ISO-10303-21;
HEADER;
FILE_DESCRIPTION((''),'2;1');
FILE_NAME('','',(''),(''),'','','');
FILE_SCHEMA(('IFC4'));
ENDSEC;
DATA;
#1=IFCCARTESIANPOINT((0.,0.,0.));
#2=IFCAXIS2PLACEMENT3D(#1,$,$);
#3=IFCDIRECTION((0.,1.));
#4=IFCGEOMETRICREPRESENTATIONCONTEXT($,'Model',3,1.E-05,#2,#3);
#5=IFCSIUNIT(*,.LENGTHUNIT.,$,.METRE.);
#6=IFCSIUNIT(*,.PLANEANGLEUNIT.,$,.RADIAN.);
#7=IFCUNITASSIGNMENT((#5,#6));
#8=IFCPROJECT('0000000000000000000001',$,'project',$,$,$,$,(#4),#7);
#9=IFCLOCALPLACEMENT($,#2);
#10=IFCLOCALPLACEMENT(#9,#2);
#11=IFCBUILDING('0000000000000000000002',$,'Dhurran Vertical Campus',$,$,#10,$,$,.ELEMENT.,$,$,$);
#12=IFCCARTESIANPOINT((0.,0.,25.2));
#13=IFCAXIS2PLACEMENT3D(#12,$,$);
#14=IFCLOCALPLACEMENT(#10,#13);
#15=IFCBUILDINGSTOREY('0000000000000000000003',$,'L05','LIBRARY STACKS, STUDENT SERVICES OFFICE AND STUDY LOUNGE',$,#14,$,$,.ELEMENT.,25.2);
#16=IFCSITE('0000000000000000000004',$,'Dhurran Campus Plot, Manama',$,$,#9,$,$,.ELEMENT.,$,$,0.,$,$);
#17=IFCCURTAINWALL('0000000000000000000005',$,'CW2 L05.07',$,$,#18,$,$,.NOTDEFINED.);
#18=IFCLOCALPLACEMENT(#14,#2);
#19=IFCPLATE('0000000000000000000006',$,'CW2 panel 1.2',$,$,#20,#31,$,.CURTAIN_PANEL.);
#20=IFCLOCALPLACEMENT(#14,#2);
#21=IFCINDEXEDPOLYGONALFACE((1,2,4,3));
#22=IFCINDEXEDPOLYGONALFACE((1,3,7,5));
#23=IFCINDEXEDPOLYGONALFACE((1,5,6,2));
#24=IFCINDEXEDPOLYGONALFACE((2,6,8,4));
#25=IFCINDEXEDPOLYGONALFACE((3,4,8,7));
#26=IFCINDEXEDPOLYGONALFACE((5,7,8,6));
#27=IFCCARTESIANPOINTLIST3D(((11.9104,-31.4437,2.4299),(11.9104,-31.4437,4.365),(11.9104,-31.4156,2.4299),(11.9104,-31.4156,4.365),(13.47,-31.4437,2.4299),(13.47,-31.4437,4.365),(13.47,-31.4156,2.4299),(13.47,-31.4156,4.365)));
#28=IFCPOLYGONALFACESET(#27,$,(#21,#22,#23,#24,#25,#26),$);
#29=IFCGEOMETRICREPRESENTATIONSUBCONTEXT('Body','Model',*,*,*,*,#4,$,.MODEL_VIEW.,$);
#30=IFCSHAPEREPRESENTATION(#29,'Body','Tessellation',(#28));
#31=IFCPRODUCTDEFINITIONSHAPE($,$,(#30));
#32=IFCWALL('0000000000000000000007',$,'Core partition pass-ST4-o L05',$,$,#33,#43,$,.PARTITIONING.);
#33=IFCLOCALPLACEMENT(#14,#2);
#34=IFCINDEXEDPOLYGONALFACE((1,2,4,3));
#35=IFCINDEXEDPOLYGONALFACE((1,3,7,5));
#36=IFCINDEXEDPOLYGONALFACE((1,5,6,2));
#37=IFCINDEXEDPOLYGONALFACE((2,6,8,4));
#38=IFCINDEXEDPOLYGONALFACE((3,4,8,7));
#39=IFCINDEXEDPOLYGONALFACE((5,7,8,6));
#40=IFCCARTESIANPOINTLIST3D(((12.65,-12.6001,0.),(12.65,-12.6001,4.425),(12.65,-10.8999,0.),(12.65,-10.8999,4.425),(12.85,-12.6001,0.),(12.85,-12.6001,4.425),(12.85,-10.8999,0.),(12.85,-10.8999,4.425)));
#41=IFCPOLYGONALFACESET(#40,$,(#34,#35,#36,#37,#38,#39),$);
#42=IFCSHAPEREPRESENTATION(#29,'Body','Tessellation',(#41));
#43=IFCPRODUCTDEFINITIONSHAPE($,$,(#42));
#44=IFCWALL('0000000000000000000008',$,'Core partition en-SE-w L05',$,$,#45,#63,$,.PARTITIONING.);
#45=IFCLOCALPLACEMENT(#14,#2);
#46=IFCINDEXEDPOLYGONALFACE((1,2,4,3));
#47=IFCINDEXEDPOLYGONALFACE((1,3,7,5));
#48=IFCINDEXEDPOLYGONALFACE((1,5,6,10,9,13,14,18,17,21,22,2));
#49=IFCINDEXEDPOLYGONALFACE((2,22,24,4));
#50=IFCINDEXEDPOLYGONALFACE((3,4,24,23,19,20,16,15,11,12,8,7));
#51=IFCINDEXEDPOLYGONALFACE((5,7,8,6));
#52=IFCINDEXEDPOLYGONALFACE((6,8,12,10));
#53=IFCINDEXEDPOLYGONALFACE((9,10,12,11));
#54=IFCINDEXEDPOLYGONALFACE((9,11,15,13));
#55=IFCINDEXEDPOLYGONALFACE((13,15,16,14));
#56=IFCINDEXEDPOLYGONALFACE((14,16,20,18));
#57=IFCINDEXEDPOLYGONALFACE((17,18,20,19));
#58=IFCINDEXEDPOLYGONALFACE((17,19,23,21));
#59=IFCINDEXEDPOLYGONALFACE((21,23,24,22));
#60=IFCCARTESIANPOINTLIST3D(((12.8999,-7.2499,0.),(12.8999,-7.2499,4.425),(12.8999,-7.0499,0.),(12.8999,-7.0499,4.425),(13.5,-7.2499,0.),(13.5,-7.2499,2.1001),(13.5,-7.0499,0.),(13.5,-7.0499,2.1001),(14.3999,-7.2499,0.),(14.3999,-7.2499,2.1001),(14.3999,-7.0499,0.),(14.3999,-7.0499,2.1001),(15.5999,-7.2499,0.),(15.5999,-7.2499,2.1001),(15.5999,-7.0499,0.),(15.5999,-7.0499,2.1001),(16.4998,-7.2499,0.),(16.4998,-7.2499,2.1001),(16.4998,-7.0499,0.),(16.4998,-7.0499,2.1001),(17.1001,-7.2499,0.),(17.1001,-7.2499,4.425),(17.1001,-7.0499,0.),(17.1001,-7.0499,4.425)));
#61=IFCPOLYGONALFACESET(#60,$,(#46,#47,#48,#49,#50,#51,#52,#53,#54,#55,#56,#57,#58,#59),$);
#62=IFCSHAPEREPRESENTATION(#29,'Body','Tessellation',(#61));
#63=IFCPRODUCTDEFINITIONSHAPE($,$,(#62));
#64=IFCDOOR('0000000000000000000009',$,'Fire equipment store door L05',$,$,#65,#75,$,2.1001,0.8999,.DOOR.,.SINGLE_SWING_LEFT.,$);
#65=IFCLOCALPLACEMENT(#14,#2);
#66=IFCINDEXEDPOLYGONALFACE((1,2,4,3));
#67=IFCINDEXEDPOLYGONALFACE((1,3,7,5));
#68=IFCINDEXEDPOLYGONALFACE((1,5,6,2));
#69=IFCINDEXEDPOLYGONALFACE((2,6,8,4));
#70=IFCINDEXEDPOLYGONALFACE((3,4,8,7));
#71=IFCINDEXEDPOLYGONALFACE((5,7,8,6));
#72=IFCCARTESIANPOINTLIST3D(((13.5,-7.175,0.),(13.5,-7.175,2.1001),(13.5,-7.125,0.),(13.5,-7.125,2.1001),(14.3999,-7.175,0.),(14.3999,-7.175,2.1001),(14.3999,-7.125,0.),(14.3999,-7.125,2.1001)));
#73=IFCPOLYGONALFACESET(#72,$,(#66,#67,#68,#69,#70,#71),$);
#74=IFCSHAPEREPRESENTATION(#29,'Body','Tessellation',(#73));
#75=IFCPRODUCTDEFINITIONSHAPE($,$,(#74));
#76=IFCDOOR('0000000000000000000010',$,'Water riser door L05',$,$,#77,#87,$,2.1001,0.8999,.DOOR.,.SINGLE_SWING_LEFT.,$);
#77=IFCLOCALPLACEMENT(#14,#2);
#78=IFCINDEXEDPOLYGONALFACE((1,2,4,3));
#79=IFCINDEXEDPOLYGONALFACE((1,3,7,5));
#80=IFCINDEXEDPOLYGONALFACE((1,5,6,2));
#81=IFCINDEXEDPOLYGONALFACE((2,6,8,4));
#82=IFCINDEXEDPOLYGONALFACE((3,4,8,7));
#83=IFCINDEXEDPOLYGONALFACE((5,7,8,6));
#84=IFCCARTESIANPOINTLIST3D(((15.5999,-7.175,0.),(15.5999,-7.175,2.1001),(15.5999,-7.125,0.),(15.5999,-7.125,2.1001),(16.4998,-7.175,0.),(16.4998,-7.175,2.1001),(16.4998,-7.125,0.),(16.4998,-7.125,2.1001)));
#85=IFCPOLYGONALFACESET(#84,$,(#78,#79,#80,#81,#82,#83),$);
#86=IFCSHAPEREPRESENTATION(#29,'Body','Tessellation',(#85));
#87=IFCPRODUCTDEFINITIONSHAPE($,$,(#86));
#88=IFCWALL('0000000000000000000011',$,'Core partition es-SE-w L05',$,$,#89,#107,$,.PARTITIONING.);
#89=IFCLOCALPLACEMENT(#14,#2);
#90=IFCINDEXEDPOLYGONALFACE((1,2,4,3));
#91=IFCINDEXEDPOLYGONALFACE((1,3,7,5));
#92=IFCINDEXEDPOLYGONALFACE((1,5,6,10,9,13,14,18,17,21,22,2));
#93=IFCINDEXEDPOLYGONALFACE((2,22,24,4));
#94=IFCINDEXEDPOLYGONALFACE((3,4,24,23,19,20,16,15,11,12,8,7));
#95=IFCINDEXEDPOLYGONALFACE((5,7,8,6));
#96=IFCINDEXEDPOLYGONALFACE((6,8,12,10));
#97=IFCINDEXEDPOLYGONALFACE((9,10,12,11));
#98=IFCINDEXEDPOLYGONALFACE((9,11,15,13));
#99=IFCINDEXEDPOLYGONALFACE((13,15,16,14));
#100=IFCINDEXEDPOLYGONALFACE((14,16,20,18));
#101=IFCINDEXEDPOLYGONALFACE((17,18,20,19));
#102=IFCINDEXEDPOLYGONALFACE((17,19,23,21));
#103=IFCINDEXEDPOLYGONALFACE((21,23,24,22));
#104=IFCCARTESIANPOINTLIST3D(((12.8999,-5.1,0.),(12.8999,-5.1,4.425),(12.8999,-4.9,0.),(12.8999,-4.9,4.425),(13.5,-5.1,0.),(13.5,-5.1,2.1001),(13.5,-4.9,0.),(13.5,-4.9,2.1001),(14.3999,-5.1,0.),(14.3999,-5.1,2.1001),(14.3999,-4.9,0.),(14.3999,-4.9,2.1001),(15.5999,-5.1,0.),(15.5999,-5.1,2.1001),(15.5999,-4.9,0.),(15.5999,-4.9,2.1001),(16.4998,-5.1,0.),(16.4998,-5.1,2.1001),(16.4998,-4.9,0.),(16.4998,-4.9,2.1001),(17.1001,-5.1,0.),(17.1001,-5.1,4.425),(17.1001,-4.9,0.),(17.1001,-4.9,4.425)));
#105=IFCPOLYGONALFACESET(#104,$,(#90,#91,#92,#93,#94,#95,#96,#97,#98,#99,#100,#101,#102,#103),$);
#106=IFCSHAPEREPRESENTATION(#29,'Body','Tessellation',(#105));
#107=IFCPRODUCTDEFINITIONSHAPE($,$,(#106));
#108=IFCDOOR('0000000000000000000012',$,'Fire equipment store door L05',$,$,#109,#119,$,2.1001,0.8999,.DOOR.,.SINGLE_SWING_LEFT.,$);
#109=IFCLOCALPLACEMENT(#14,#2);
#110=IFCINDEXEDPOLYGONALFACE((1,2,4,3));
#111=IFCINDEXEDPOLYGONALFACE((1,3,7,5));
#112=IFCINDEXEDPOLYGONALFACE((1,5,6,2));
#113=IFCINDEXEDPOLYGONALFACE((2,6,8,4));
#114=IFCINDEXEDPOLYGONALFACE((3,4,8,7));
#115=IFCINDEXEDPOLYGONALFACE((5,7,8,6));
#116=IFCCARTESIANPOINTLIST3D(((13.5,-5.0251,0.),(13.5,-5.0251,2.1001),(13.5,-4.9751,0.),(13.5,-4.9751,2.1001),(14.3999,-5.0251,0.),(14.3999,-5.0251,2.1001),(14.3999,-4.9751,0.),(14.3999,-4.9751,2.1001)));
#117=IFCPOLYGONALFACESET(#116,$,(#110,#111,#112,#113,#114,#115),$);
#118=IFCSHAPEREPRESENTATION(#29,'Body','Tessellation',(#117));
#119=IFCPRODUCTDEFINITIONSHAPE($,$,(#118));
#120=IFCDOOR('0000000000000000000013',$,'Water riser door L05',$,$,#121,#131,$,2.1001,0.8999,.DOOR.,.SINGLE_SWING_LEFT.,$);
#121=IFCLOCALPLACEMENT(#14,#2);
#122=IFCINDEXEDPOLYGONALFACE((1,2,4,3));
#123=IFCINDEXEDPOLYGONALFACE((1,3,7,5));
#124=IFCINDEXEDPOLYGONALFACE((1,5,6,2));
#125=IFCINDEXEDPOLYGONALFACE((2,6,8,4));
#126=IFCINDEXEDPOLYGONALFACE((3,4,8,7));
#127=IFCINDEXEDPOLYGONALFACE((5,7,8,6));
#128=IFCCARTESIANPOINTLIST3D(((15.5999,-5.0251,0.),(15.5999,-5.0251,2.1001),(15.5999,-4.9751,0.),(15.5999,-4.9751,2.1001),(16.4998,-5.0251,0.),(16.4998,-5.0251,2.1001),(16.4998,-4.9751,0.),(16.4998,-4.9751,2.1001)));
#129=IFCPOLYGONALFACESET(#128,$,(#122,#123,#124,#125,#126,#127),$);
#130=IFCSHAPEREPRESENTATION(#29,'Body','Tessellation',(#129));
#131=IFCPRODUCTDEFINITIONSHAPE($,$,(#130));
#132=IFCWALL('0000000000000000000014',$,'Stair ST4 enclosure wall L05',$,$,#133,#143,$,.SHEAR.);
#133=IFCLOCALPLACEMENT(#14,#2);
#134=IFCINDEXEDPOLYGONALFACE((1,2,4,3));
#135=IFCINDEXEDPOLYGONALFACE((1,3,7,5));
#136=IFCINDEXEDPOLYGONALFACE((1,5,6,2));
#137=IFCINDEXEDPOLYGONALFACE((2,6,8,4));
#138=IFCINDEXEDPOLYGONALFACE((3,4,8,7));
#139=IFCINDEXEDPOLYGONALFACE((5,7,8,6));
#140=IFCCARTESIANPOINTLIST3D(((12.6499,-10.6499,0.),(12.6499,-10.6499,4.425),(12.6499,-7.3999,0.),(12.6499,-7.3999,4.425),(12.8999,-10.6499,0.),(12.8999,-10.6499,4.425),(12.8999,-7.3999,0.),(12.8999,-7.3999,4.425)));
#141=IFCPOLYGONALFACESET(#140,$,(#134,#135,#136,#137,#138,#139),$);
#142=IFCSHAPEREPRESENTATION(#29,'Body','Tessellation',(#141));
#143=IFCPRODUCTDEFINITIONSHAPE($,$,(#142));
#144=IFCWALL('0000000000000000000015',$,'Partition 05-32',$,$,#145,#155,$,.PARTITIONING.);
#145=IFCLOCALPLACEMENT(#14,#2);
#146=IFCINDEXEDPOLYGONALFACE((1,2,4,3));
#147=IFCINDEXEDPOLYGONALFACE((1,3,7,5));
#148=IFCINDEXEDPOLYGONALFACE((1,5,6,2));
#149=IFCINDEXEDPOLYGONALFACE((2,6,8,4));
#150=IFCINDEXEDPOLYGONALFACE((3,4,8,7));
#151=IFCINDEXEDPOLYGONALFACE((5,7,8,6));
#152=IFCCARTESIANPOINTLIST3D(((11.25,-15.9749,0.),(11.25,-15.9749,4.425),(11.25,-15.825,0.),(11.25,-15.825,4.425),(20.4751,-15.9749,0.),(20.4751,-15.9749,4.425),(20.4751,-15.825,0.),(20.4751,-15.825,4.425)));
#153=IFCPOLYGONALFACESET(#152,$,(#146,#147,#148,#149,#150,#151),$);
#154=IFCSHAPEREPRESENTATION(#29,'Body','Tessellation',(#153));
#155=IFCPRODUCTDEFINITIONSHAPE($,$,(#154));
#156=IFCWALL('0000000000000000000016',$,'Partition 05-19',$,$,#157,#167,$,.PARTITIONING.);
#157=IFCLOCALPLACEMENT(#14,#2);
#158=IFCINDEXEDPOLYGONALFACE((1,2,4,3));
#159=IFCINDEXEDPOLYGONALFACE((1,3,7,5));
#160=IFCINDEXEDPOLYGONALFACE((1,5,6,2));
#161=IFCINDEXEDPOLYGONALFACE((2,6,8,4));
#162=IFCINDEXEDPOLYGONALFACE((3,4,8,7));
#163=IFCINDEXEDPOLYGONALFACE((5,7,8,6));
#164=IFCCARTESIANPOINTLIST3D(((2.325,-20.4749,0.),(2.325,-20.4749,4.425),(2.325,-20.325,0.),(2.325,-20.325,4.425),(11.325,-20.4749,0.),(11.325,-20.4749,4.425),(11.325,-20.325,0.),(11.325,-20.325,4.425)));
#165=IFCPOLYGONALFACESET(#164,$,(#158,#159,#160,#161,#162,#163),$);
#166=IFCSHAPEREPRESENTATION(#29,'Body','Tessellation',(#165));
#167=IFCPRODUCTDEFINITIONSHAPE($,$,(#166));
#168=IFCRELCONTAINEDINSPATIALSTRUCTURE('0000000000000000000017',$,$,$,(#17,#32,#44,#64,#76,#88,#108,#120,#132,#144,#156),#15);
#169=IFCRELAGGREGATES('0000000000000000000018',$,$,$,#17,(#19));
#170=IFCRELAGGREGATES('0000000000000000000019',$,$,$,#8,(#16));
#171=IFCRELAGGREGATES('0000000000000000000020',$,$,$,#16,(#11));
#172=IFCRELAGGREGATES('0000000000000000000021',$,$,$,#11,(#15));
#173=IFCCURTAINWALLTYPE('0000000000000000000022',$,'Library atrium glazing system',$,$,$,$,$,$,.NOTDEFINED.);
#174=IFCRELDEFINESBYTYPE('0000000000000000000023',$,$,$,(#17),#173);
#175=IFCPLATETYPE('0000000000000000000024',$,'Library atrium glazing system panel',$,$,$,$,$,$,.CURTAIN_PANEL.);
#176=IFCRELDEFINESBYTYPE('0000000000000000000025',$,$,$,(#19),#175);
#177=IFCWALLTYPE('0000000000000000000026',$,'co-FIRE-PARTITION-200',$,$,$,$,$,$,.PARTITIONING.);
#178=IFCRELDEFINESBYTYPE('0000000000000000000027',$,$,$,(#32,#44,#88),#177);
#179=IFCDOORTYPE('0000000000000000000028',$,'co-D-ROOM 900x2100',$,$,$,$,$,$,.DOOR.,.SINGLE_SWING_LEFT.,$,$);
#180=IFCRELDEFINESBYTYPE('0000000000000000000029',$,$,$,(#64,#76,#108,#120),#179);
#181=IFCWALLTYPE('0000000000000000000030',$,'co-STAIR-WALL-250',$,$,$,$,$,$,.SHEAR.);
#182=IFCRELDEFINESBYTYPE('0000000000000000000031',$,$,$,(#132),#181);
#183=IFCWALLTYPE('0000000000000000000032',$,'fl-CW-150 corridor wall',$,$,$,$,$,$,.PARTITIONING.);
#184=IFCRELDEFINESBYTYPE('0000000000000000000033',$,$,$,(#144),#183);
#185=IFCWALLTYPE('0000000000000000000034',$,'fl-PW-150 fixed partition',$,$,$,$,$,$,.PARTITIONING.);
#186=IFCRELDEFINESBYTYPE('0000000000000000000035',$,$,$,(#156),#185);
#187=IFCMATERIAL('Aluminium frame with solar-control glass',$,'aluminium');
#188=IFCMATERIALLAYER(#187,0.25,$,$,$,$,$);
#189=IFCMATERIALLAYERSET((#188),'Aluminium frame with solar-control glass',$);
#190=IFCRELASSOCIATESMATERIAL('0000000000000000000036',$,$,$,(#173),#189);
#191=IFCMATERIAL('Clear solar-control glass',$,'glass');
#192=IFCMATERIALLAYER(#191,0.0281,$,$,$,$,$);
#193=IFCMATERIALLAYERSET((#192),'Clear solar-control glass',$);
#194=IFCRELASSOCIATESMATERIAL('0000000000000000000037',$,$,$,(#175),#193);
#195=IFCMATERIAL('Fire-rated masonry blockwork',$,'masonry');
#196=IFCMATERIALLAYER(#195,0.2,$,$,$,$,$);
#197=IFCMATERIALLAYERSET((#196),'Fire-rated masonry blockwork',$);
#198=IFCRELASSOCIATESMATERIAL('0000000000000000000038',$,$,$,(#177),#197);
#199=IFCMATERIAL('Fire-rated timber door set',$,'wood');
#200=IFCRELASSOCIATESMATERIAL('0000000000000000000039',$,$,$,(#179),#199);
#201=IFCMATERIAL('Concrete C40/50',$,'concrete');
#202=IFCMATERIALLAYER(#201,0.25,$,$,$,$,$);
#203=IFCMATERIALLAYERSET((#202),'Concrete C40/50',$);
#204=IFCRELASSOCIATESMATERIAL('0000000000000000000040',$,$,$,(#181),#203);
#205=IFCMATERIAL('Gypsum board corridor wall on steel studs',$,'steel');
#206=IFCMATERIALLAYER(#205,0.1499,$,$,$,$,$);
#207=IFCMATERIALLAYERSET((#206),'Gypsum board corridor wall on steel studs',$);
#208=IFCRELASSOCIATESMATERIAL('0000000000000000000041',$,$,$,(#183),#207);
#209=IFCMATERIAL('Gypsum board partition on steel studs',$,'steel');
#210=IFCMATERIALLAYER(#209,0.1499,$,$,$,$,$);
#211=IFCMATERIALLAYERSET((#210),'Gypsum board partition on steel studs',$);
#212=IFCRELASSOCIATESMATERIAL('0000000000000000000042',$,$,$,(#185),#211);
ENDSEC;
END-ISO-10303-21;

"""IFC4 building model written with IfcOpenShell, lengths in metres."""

from ifc_helpers import new_model, si_unit, direction, frame, frame_2d, origin, origin_2d, place, context, subcontext, project, spatial, rectangle, extrude, material, layer, layer_set, type_object, element, fill, aggregate, save


model = new_model("IFC4")

# Units and contexts
model_context = context("Model", 3, precision=1e-05, world=origin(), true_north=direction((0.0, 1.0)))
body_context = subcontext(model_context, "Body", "Model", "MODEL_VIEW")
ifc_project = project(units=[si_unit("LENGTHUNIT", "METRE"), si_unit("PLANEANGLEUNIT", "RADIAN")], contexts=[model_context])

# Site, building, storey
site_placement = place(None, origin())
site = spatial("IfcSite", under=ifc_project, at=site_placement, Name="Dhurran Campus Plot, Manama", CompositionType="ELEMENT", RefElevation=0.0)
building_placement = place(site_placement, origin())
building = spatial("IfcBuilding", under=site, at=building_placement, Name="Dhurran Vertical Campus", CompositionType="ELEMENT")
storey_placement = place(building_placement, frame((0.0, 0.0, 25.2)))
storey = spatial("IfcBuildingStorey", under=building, at=storey_placement, Name="L05", Description="LIBRARY STACKS, STUDENT SERVICES OFFICE AND STUDY LOUNGE", CompositionType="ELEMENT", Elevation=25.2)

# Curtain wall, plate
ifc_material_1 = material(Name="Aluminium frame with solar-control glass", Category="aluminium")
ifc_layer_1 = layer(ifc_material_1, 0.25)
ifc_layer_set_1 = layer_set([ifc_layer_1], Name="Aluminium frame with solar-control glass")
curtain_wall_type = type_object("IfcCurtainWallType", Name="Library atrium glazing system", PredefinedType="NOTDEFINED", material=ifc_layer_set_1)
curtain_wall_placement = place(storey_placement, origin())
curtain_wall = element("IfcCurtainWall", 1, at=curtain_wall_placement, inside=storey, type_object=curtain_wall_type, Name="CW2 L05.07", PredefinedType="NOTDEFINED")
ifc_material_2 = material(Name="Clear solar-control glass", Category="glass")
ifc_layer_2 = layer(ifc_material_2, 0.0281)
ifc_layer_set_2 = layer_set([ifc_layer_2], Name="Clear solar-control glass")
plate_type = type_object("IfcPlateType", Name="Library atrium glazing system panel", PredefinedType="CURTAIN_PANEL", material=ifc_layer_set_2)
plate_1_placement = place(storey_placement, frame((12.6902, -31.4297, 2.4299), z_axis=(0.0, 0.0, 1.0), x_axis=(1.0, 0.0, 0.0)))
plate_1 = element("IfcPlate", 2, at=plate_1_placement, type_object=plate_type, Name="CW2 panel 1.2", PredefinedType="CURTAIN_PANEL", context=body_context, shape_type="SweptSolid", body=[
    extrude(rectangle(XDim=1.5596, YDim=0.0281, at=origin_2d()), origin(), (0.0, 0.0, 1.0), 1.9351),
])
aggregate(curtain_wall, [plate_1])

# Wall
ifc_material_3 = material(Name="Fire-rated masonry blockwork", Category="masonry")
ifc_layer_3 = layer(ifc_material_3, 0.2)
ifc_layer_set_3 = layer_set([ifc_layer_3], Name="Fire-rated masonry blockwork")
wall_type_1 = type_object("IfcWallType", Name="co-FIRE-PARTITION-200", PredefinedType="PARTITIONING", material=ifc_layer_set_3)
wall_1_placement = place(storey_placement, frame((12.75, -12.6001, 0.0), z_axis=(0.0, 0.0, 1.0), x_axis=(0.0, 1.0, 0.0)))
element("IfcWall", 3, at=wall_1_placement, inside=storey, type_object=wall_type_1, Name="Core partition pass-ST4-o L05", PredefinedType="PARTITIONING", context=body_context, shape_type="SweptSolid", body=[
    extrude(rectangle(XDim=1.7002, YDim=0.2, at=frame_2d((0.8501, 0.0))), origin(), (0.0, 0.0, 1.0), 4.425),
])

# Walls, openings, doors
wall_2_placement = place(storey_placement, frame((12.8999, -7.1499, 0.0), z_axis=(0.0, 0.0, 1.0), x_axis=(1.0, 0.0, 0.0)))
wall_2 = element("IfcWall", 4, at=wall_2_placement, inside=storey, type_object=wall_type_1, Name="Core partition en-SE-w L05", PredefinedType="PARTITIONING", context=body_context, shape_type="SweptSolid", body=[
    extrude(rectangle(XDim=4.2002, YDim=0.2, at=frame_2d((2.1001, 0.0))), origin(), (0.0, 0.0, 1.0), 4.425),
])
opening_1_placement = place(wall_2_placement, frame((0.6001, 0.0, 0.0)))
opening_1 = element("IfcOpeningElement", 5, at=opening_1_placement, cuts=wall_2, PredefinedType="OPENING", context=body_context, shape_type="SweptSolid", body=[
    extrude(rectangle(XDim=0.8999, YDim=2.1001, at=frame_2d((0.45, 1.05))), frame((0.0, 0.1099, 0.0), z_axis=(0.0, -1.0, 0.0), x_axis=(1.0, 0.0, 0.0)), (0.0, 0.0, 1.0), 0.22),
])
opening_2_placement = place(wall_2_placement, frame((2.7, 0.0, 0.0)))
opening_2 = element("IfcOpeningElement", 6, at=opening_2_placement, cuts=wall_2, PredefinedType="OPENING", context=body_context, shape_type="SweptSolid", body=[
    extrude(rectangle(XDim=0.8999, YDim=2.1001, at=frame_2d((0.45, 1.05))), frame((0.0, 0.1099, 0.0), z_axis=(0.0, -1.0, 0.0), x_axis=(1.0, 0.0, 0.0)), (0.0, 0.0, 1.0), 0.22),
])
ifc_material_4 = material(Name="Fire-rated timber door set", Category="wood")
door_type = type_object("IfcDoorType", Name="co-D-ROOM 900x2100", OperationType="SINGLE_SWING_LEFT", PredefinedType="DOOR", material=ifc_material_4)
door_1_placement = place(opening_1_placement, origin())
door_1 = element("IfcDoor", 7, at=door_1_placement, inside=storey, type_object=door_type, Name="Fire equipment store door L05", OperationType="SINGLE_SWING_LEFT", OverallHeight=2.1001, OverallWidth=0.8999, PredefinedType="DOOR", context=body_context, shape_type="SweptSolid", body=[
    extrude(rectangle(XDim=0.8999, YDim=2.1001, at=frame_2d((0.45, 1.05))), frame((0.0, 0.0249, 0.0), z_axis=(0.0, -1.0, 0.0), x_axis=(1.0, 0.0, 0.0)), (0.0, 0.0, 1.0), 0.05),
])
fill(opening_1, door_1)
door_2_placement = place(opening_2_placement, origin())
door_2 = element("IfcDoor", 8, at=door_2_placement, inside=storey, type_object=door_type, Name="Water riser door L05", OperationType="SINGLE_SWING_LEFT", OverallHeight=2.1001, OverallWidth=0.8999, PredefinedType="DOOR", context=body_context, shape_type="SweptSolid", body=[
    extrude(rectangle(XDim=0.8999, YDim=2.1001, at=frame_2d((0.45, 1.05))), frame((0.0, 0.0249, 0.0), z_axis=(0.0, -1.0, 0.0), x_axis=(1.0, 0.0, 0.0)), (0.0, 0.0, 1.0), 0.05),
])
fill(opening_2, door_2)
wall_3_placement = place(storey_placement, frame((12.8999, -5.0, 0.0), z_axis=(0.0, 0.0, 1.0), x_axis=(1.0, 0.0, 0.0)))
wall_3 = element("IfcWall", 9, at=wall_3_placement, inside=storey, type_object=wall_type_1, Name="Core partition es-SE-w L05", PredefinedType="PARTITIONING", context=body_context, shape_type="SweptSolid", body=[
    extrude(rectangle(XDim=4.2002, YDim=0.2, at=frame_2d((2.1001, 0.0))), origin(), (0.0, 0.0, 1.0), 4.425),
])
opening_3_placement = place(wall_3_placement, frame((0.6001, 0.0, 0.0)))
opening_3 = element("IfcOpeningElement", 10, at=opening_3_placement, cuts=wall_3, PredefinedType="OPENING", context=body_context, shape_type="SweptSolid", body=[
    extrude(rectangle(XDim=0.8999, YDim=2.1001, at=frame_2d((0.45, 1.05))), frame((0.0, 0.1099, 0.0), z_axis=(0.0, -1.0, 0.0), x_axis=(1.0, 0.0, 0.0)), (0.0, 0.0, 1.0), 0.22),
])
opening_4_placement = place(wall_3_placement, frame((2.7, 0.0, 0.0)))
opening_4 = element("IfcOpeningElement", 11, at=opening_4_placement, cuts=wall_3, PredefinedType="OPENING", context=body_context, shape_type="SweptSolid", body=[
    extrude(rectangle(XDim=0.8999, YDim=2.1001, at=frame_2d((0.45, 1.05))), frame((0.0, 0.1099, 0.0), z_axis=(0.0, -1.0, 0.0), x_axis=(1.0, 0.0, 0.0)), (0.0, 0.0, 1.0), 0.22),
])
door_3_placement = place(opening_3_placement, origin())
door_3 = element("IfcDoor", 12, at=door_3_placement, inside=storey, type_object=door_type, Name="Fire equipment store door L05", OperationType="SINGLE_SWING_LEFT", OverallHeight=2.1001, OverallWidth=0.8999, PredefinedType="DOOR", context=body_context, shape_type="SweptSolid", body=[
    extrude(rectangle(XDim=0.8999, YDim=2.1001, at=frame_2d((0.45, 1.05))), frame((0.0, 0.0249, 0.0), z_axis=(0.0, -1.0, 0.0), x_axis=(1.0, 0.0, 0.0)), (0.0, 0.0, 1.0), 0.05),
])
fill(opening_3, door_3)
door_4_placement = place(opening_4_placement, origin())
door_4 = element("IfcDoor", 13, at=door_4_placement, inside=storey, type_object=door_type, Name="Water riser door L05", OperationType="SINGLE_SWING_LEFT", OverallHeight=2.1001, OverallWidth=0.8999, PredefinedType="DOOR", context=body_context, shape_type="SweptSolid", body=[
    extrude(rectangle(XDim=0.8999, YDim=2.1001, at=frame_2d((0.45, 1.05))), frame((0.0, 0.0249, 0.0), z_axis=(0.0, -1.0, 0.0), x_axis=(1.0, 0.0, 0.0)), (0.0, 0.0, 1.0), 0.05),
])
fill(opening_4, door_4)

# Walls
ifc_material_5 = material(Name="Concrete C40/50", Category="concrete")
ifc_layer_4 = layer(ifc_material_5, 0.25)
ifc_layer_set_4 = layer_set([ifc_layer_4], Name="Concrete C40/50")
wall_type_2 = type_object("IfcWallType", Name="co-STAIR-WALL-250", PredefinedType="SHEAR", material=ifc_layer_set_4)
wall_4_placement = place(storey_placement, frame((12.7749, -10.6499, 0.0), z_axis=(0.0, 0.0, 1.0), x_axis=(0.0, 1.0, 0.0)))
element("IfcWall", 14, at=wall_4_placement, inside=storey, type_object=wall_type_2, Name="Stair ST4 enclosure wall L05", PredefinedType="SHEAR", context=body_context, shape_type="SweptSolid", body=[
    extrude(rectangle(XDim=3.25, YDim=0.25, at=frame_2d((1.625, 0.0))), origin(), (0.0, 0.0, 1.0), 4.425),
])
ifc_material_6 = material(Name="Gypsum board corridor wall on steel studs", Category="steel")
ifc_layer_5 = layer(ifc_material_6, 0.1499)
ifc_layer_set_5 = layer_set([ifc_layer_5], Name="Gypsum board corridor wall on steel studs")
wall_type_3 = type_object("IfcWallType", Name="fl-CW-150 corridor wall", PredefinedType="PARTITIONING", material=ifc_layer_set_5)
wall_5_placement = place(storey_placement, frame((11.25, -15.8999, 0.0), z_axis=(0.0, 0.0, 1.0), x_axis=(1.0, 0.0, 0.0)))
element("IfcWall", 15, at=wall_5_placement, inside=storey, type_object=wall_type_3, Name="Partition 05-32", PredefinedType="PARTITIONING", context=body_context, shape_type="SweptSolid", body=[
    extrude(rectangle(XDim=9.2251, YDim=0.1499, at=frame_2d((4.6125, 0.0))), origin(), (0.0, 0.0, 1.0), 4.425),
])
ifc_material_7 = material(Name="Gypsum board partition on steel studs", Category="steel")
ifc_layer_6 = layer(ifc_material_7, 0.1499)
ifc_layer_set_6 = layer_set([ifc_layer_6], Name="Gypsum board partition on steel studs")
wall_type_4 = type_object("IfcWallType", Name="fl-PW-150 fixed partition", PredefinedType="PARTITIONING", material=ifc_layer_set_6)
wall_6_placement = place(storey_placement, frame((11.325, -20.3999, 0.0), z_axis=(0.0, 0.0, 1.0), x_axis=(-1.0, 0.0, 0.0)))
element("IfcWall", 16, at=wall_6_placement, inside=storey, type_object=wall_type_4, Name="Partition 05-19", PredefinedType="PARTITIONING", context=body_context, shape_type="SweptSolid", body=[
    extrude(rectangle(XDim=9.0, YDim=0.1499, at=frame_2d((4.5, 0.0))), origin(), (0.0, 0.0, 1.0), 4.425),
])

save(model, "model.ifc")
